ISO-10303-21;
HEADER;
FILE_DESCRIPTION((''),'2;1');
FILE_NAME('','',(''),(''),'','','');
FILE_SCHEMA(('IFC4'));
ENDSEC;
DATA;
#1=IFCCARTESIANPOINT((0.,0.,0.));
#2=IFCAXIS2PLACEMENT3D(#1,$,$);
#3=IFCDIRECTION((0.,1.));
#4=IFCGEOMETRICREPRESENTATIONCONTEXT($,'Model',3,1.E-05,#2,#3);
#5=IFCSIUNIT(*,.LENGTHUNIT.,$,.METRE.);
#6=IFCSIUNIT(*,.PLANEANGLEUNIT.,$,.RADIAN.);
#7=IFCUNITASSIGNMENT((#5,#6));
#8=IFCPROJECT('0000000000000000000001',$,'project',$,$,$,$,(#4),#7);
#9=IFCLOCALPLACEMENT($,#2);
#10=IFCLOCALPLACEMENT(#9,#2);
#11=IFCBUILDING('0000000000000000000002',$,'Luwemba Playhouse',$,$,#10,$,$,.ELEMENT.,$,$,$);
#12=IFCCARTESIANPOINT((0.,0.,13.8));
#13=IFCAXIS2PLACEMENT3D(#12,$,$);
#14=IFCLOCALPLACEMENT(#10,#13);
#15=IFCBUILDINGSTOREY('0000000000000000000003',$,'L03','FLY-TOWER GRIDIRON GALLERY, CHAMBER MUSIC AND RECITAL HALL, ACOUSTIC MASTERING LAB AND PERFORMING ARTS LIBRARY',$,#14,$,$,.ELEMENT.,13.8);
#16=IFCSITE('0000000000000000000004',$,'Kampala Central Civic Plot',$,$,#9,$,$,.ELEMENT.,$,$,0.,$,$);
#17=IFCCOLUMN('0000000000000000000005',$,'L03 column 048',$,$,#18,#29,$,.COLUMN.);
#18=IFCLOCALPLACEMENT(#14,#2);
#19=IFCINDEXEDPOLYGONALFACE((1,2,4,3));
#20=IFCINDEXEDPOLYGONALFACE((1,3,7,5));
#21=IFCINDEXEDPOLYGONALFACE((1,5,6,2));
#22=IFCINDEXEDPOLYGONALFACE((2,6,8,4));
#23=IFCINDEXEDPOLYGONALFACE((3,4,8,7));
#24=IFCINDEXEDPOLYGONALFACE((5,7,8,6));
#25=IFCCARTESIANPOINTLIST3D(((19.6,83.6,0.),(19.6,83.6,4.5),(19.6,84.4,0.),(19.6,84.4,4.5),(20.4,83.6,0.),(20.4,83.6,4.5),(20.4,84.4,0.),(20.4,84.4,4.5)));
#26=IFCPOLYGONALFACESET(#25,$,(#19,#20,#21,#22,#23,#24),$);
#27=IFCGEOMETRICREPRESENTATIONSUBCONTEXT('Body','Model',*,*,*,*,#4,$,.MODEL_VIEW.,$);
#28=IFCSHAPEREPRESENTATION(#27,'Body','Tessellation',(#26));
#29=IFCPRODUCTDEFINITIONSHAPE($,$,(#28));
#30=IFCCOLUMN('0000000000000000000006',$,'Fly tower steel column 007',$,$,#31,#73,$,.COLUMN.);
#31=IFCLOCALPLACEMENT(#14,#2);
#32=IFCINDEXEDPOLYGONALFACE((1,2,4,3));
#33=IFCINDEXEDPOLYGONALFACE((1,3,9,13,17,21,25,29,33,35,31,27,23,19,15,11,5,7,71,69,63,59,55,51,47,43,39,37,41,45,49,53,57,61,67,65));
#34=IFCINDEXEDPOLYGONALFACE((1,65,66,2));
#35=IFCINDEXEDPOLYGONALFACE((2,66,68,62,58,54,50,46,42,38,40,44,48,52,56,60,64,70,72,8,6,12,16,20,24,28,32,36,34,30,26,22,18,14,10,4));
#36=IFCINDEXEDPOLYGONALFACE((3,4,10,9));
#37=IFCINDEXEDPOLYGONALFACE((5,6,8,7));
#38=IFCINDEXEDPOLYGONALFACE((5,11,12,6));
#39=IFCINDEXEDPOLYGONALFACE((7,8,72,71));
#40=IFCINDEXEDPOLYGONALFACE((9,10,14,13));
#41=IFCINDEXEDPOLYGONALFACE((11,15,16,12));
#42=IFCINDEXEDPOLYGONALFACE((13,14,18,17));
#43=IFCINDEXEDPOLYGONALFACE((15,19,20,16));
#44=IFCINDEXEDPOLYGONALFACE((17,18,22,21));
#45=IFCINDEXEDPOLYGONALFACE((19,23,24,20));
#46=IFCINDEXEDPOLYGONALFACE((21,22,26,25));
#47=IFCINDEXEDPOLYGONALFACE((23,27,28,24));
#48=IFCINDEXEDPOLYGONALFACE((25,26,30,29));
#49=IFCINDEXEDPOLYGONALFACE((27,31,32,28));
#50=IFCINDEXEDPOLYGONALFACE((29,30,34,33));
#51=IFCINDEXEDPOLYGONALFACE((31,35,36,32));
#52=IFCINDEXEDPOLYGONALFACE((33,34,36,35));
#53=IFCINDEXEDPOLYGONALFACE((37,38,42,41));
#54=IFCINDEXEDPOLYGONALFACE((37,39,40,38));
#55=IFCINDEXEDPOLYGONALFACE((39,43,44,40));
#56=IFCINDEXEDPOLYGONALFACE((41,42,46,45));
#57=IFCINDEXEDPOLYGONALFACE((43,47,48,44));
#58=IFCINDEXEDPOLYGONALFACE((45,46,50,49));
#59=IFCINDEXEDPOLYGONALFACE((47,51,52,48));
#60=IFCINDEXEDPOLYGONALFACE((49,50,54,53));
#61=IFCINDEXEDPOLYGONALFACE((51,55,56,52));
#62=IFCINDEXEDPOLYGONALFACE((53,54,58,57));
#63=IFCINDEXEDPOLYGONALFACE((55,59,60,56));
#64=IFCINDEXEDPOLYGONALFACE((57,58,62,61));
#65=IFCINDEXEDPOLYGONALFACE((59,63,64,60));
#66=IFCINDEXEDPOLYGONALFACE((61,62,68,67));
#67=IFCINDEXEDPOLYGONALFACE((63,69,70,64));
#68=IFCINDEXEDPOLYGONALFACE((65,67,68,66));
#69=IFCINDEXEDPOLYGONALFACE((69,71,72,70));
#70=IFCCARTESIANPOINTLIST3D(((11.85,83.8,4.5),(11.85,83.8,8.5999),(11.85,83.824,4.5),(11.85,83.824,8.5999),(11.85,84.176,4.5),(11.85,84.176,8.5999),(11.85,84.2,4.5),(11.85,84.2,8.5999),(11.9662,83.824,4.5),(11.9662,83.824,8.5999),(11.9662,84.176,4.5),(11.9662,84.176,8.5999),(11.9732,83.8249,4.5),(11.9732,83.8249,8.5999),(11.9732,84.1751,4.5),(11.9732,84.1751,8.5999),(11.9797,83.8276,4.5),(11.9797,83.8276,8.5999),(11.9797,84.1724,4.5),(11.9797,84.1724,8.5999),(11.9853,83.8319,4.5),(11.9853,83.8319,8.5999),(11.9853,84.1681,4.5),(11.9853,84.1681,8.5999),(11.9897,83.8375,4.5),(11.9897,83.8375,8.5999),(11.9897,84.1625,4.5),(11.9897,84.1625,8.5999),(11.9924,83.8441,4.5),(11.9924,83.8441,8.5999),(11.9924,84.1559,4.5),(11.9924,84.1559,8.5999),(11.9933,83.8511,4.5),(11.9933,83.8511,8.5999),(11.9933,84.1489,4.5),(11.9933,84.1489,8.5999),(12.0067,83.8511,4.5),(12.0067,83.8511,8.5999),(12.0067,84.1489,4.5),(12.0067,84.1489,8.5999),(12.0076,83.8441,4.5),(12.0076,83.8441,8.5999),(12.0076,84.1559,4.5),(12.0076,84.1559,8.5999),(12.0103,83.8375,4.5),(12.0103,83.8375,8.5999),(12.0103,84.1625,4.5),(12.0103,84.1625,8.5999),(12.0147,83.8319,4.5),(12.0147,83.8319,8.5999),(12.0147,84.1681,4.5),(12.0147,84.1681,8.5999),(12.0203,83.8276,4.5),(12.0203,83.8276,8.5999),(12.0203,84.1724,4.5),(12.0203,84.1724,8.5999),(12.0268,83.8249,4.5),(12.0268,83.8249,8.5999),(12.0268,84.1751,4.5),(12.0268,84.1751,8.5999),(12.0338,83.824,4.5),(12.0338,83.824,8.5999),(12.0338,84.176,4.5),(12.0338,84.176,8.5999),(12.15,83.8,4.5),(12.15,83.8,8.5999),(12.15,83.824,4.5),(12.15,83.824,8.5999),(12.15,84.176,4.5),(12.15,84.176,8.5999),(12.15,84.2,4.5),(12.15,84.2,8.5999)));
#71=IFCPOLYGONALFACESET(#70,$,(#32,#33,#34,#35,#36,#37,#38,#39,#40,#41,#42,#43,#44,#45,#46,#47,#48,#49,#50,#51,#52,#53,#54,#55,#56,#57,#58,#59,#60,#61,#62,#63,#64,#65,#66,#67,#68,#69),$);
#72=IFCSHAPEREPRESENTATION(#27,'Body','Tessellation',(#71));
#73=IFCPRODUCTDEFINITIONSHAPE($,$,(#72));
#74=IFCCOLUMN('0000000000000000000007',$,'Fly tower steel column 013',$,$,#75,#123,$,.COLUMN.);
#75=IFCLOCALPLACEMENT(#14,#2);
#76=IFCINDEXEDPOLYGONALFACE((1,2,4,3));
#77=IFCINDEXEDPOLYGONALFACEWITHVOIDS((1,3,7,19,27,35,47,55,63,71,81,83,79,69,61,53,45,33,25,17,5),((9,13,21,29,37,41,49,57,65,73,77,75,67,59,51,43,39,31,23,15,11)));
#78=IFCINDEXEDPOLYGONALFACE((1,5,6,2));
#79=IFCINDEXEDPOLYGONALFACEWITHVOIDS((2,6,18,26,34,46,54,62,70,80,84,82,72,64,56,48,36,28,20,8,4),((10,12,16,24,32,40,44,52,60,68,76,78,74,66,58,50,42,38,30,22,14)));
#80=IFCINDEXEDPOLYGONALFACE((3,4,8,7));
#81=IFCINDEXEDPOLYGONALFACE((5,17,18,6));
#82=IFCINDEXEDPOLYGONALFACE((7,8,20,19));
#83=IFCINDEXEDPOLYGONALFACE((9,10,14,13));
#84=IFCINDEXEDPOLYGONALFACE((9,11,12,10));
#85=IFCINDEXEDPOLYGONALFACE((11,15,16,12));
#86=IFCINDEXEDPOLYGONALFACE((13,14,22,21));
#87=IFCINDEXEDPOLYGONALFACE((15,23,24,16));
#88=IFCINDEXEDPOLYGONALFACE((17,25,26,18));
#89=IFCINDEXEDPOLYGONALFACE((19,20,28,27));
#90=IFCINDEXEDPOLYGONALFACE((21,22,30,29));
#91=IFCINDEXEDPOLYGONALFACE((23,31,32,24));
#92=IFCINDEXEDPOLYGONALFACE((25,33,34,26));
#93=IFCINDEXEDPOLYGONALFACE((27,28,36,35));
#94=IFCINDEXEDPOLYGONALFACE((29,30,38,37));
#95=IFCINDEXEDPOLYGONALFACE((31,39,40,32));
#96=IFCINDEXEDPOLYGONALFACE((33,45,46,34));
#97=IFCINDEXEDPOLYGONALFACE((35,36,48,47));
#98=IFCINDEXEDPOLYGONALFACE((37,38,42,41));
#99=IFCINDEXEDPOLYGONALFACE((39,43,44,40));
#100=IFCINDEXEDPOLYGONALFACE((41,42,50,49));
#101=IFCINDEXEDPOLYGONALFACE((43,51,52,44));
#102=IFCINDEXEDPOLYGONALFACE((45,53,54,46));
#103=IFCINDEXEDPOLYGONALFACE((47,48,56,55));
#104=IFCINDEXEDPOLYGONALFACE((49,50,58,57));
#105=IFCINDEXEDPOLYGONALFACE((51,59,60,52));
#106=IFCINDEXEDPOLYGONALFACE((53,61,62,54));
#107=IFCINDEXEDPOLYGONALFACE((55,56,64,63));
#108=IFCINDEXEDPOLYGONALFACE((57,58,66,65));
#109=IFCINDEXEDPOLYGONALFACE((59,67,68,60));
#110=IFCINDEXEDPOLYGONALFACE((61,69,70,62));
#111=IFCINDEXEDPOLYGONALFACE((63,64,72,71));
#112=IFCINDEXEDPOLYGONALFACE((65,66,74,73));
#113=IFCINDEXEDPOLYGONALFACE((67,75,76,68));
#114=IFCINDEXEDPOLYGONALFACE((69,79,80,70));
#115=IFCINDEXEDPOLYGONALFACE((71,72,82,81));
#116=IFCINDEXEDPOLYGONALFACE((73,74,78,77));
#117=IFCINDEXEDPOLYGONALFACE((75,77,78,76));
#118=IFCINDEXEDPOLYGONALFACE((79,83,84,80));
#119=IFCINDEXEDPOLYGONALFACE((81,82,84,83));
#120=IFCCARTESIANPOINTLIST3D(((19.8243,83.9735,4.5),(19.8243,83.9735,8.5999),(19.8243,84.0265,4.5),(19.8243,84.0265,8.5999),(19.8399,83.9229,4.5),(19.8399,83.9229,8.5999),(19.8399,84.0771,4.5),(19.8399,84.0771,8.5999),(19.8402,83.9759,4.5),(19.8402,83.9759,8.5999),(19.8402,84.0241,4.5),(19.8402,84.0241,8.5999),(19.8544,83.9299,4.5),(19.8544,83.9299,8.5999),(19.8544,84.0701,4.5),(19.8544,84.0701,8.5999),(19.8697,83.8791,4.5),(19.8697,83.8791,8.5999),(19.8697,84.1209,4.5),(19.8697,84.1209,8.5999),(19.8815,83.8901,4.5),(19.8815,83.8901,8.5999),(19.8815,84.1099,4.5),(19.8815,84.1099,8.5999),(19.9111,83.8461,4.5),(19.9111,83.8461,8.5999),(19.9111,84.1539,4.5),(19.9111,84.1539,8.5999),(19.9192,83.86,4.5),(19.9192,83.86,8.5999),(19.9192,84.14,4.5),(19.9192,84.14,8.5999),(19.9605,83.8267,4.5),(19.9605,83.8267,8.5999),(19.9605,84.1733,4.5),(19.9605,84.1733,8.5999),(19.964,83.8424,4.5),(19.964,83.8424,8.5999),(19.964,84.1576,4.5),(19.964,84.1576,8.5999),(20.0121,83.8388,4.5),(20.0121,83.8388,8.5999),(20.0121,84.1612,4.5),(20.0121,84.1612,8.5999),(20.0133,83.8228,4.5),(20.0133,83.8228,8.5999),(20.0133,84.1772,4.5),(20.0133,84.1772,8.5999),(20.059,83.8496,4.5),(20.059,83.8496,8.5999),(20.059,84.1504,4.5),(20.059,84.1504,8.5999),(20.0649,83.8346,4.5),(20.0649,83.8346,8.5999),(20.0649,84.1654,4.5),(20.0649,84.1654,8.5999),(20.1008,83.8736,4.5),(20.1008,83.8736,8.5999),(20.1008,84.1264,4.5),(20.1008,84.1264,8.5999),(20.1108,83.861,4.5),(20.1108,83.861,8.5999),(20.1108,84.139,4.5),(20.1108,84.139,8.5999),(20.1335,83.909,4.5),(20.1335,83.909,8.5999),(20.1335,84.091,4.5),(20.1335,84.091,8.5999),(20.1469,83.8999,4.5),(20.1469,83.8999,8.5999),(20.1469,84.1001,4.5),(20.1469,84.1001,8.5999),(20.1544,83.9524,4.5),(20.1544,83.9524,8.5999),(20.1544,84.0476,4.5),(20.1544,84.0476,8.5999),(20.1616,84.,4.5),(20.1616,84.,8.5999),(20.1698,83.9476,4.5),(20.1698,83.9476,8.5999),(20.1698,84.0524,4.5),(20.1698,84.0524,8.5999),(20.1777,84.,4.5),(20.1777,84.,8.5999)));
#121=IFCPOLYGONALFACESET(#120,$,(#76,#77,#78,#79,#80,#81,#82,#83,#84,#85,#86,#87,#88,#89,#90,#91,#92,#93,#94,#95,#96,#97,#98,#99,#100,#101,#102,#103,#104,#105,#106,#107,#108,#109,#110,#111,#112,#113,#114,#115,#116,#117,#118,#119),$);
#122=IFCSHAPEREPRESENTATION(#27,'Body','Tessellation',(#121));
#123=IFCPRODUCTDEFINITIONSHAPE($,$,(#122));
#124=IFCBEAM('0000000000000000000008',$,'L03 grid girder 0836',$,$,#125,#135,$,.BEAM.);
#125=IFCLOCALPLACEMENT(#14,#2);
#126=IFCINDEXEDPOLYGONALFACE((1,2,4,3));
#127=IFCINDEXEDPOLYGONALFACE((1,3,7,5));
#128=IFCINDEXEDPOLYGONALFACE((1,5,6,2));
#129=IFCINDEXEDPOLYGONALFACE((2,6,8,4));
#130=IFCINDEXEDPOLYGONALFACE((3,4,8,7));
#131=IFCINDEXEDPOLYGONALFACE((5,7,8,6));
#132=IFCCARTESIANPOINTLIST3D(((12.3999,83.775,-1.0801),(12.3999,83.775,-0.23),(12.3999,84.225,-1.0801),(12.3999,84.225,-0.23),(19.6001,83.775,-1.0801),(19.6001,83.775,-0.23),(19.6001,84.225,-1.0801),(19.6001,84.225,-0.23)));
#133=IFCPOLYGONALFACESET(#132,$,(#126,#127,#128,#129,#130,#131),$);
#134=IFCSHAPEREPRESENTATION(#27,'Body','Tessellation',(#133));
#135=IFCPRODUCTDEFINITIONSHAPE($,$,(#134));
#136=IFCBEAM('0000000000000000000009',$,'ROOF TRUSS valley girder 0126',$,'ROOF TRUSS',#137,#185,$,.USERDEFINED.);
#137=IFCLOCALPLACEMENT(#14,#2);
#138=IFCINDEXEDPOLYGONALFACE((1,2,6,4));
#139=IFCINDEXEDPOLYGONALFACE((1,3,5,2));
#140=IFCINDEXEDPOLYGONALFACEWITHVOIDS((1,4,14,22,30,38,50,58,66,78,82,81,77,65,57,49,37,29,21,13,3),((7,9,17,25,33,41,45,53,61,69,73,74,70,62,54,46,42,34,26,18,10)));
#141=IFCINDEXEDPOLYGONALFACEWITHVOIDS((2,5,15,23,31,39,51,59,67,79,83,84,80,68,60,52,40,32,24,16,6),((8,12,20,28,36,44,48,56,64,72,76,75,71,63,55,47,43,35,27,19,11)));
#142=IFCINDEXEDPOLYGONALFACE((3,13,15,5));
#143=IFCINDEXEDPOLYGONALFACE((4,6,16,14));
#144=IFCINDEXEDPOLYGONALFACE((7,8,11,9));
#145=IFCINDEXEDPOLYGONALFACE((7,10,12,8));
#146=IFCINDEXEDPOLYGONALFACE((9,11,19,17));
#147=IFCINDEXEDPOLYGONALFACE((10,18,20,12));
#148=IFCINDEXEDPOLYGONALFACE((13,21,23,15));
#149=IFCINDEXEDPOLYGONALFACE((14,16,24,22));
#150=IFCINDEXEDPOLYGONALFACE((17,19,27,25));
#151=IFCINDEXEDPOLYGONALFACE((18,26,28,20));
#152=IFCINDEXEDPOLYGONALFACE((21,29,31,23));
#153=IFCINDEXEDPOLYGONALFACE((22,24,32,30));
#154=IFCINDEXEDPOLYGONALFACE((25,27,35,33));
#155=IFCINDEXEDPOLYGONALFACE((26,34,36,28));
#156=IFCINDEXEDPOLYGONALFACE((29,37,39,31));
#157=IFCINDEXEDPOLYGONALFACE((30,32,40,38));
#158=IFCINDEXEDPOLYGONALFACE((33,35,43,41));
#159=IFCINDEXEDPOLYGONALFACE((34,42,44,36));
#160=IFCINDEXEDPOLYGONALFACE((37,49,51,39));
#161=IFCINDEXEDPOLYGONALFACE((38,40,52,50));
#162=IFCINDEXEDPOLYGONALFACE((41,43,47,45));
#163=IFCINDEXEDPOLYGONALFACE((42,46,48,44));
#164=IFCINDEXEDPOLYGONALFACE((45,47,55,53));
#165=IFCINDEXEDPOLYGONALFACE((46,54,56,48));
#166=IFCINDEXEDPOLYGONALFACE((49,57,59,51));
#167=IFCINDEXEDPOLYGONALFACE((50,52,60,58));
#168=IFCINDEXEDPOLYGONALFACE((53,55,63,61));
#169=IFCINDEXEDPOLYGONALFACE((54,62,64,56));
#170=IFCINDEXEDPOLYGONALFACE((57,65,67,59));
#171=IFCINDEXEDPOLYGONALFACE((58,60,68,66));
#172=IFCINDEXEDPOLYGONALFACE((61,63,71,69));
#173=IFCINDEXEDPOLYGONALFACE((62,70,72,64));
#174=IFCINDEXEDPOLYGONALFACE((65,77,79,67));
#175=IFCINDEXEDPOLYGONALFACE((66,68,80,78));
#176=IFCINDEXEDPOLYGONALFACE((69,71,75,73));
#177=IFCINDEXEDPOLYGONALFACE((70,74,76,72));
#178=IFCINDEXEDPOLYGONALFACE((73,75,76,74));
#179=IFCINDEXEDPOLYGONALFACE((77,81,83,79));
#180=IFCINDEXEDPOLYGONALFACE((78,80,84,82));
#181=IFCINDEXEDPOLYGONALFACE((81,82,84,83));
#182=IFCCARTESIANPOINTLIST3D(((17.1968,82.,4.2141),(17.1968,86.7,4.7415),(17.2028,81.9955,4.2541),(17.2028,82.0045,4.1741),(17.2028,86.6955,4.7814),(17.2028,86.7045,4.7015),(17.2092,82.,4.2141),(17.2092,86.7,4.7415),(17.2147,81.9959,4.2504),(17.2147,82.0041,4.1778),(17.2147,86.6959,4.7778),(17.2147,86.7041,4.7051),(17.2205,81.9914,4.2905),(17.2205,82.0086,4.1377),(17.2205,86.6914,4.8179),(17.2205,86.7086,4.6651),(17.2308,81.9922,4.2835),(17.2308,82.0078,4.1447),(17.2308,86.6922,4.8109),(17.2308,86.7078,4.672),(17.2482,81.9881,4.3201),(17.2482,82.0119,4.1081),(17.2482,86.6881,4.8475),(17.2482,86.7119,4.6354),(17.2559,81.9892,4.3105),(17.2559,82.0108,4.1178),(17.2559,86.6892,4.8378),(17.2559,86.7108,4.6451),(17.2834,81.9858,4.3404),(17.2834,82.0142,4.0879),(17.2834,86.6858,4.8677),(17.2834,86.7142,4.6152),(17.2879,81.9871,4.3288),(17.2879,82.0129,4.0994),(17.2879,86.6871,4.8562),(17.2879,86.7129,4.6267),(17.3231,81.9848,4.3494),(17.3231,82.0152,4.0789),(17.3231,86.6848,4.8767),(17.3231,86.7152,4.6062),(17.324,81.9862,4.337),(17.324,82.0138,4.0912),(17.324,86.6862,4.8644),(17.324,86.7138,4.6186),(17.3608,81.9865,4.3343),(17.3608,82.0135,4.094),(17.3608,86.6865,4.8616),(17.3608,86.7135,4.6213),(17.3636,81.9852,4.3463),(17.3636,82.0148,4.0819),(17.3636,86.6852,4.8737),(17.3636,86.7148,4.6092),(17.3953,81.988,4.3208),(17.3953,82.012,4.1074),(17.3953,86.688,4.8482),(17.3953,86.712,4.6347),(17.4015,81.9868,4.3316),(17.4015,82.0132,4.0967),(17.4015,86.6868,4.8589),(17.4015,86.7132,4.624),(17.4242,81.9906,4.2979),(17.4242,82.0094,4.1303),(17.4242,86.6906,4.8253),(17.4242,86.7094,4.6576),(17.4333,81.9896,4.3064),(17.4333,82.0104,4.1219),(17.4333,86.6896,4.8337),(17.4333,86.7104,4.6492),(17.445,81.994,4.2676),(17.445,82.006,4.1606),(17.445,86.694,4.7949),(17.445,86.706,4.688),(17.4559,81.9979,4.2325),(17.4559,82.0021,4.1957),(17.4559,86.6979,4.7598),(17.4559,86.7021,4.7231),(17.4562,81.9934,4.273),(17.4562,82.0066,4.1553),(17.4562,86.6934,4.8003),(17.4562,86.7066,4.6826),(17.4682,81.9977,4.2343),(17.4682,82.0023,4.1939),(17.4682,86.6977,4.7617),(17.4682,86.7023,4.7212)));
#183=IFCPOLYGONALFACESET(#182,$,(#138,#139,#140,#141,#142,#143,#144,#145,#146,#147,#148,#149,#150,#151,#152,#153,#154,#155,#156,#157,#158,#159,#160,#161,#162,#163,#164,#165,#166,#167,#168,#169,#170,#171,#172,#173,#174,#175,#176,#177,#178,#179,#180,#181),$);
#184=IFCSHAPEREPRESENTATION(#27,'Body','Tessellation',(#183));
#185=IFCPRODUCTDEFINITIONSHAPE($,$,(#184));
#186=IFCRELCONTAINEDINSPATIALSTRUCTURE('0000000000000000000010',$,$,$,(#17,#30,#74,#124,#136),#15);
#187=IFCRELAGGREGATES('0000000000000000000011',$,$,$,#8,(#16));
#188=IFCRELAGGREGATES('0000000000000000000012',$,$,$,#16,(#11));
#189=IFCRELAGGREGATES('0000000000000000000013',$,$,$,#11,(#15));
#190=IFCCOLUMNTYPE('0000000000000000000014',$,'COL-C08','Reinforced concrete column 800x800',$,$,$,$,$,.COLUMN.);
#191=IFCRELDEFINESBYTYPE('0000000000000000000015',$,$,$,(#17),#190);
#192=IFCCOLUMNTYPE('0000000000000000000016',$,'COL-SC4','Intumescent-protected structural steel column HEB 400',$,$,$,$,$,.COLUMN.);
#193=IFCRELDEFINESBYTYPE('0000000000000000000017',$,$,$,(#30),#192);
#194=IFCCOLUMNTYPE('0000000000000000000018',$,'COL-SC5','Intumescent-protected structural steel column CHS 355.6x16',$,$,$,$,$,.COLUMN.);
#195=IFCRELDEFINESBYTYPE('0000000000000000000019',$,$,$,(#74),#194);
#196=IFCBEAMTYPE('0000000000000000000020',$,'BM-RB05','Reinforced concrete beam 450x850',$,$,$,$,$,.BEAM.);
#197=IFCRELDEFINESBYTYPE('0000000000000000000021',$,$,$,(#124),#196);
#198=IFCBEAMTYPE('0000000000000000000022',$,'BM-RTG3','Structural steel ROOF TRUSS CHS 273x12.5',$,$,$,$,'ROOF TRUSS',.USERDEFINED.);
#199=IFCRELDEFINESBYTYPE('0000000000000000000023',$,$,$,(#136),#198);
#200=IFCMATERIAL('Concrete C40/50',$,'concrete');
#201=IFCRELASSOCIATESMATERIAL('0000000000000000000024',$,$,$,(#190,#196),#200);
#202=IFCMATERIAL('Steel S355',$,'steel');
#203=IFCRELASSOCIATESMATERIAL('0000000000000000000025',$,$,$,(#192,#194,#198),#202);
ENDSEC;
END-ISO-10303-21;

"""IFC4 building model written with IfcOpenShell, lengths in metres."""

from ifc_helpers import new_model, si_unit, direction, frame, origin, origin_2d, place, context, subcontext, project, spatial, rectangle, hollow_circle, i_section, extrude, material, material_profile, profile_set, type_object, element, save


model = new_model("IFC4")

# Units and contexts
model_context = context("Model", 3, precision=1e-05, world=origin(), true_north=direction((0.0, 1.0)))
body_context = subcontext(model_context, "Body", "Model", "MODEL_VIEW")
ifc_project = project(units=[si_unit("LENGTHUNIT", "METRE"), si_unit("PLANEANGLEUNIT", "RADIAN")], contexts=[model_context])

# Site, building, storey
site_placement = place(None, origin())
site = spatial("IfcSite", under=ifc_project, at=site_placement, Name="Kampala Central Civic Plot", CompositionType="ELEMENT", RefElevation=0.0)
building_placement = place(site_placement, origin())
building = spatial("IfcBuilding", under=site, at=building_placement, Name="Luwemba Playhouse", CompositionType="ELEMENT")
storey_placement = place(building_placement, frame((0.0, 0.0, 13.8)))
storey = spatial("IfcBuildingStorey", under=building, at=storey_placement, Name="L03", Description="FLY-TOWER GRIDIRON GALLERY, CHAMBER MUSIC AND RECITAL HALL, ACOUSTIC MASTERING LAB AND PERFORMING ARTS LIBRARY", CompositionType="ELEMENT", Elevation=13.8)

# Columns
ifc_material_1 = material(Name="Concrete C40/50", Category="concrete")
ifc_material_profile_1 = material_profile(ifc_material_1, rectangle(XDim=0.8, YDim=0.8, at=origin_2d()))
ifc_profile_set_1 = profile_set([ifc_material_profile_1], Name="Concrete C40/50")
column_type_1 = type_object("IfcColumnType", Name="COL-C08", Description="Reinforced concrete column 800x800", PredefinedType="COLUMN", material=ifc_profile_set_1)
column_1_placement = place(storey_placement, frame((20.0, 84.0, 0.0), z_axis=(0.0, 0.0, 1.0), x_axis=(1.0, 0.0, 0.0)))
element("IfcColumn", 1, at=column_1_placement, inside=storey, type_object=column_type_1, Name="L03 column 048", PredefinedType="COLUMN", context=body_context, shape_type="SweptSolid", body=[
    extrude(rectangle(XDim=0.8, YDim=0.8, at=origin_2d()), origin(), (0.0, 0.0, 1.0), 4.5),
])
ifc_material_2 = material(Name="Steel S355", Category="steel")
ifc_material_profile_2 = material_profile(ifc_material_2, i_section(OverallWidth=0.3, OverallDepth=0.3999, WebThickness=0.0134, FlangeThickness=0.0239, FilletRadius=0.0271, at=origin_2d()))
ifc_profile_set_2 = profile_set([ifc_material_profile_2], Name="Steel S355")
column_type_2 = type_object("IfcColumnType", Name="COL-SC4", Description="Intumescent-protected structural steel column HEB 400", PredefinedType="COLUMN", material=ifc_profile_set_2)
column_2_placement = place(storey_placement, frame((12.0, 84.0, 4.5), z_axis=(0.0, 0.0, 1.0), x_axis=(1.0, 0.0, 0.0)))
element("IfcColumn", 2, at=column_2_placement, inside=storey, type_object=column_type_2, Name="Fly tower steel column 007", PredefinedType="COLUMN", context=body_context, shape_type="SweptSolid", body=[
    extrude(i_section(OverallWidth=0.3, OverallDepth=0.3999, WebThickness=0.0134, FlangeThickness=0.0239, FilletRadius=0.0271, at=origin_2d()), origin(), (0.0, 0.0, 1.0), 4.0999),
])
ifc_material_profile_3 = material_profile(ifc_material_2, hollow_circle(Radius=0.1777, WallThickness=0.0161, at=origin_2d()))
ifc_profile_set_3 = profile_set([ifc_material_profile_3], Name="Steel S355")
column_type_3 = type_object("IfcColumnType", Name="COL-SC5", Description="Intumescent-protected structural steel column CHS 355.6x16", PredefinedType="COLUMN", material=ifc_profile_set_3)
column_3_placement = place(storey_placement, frame((20.0, 84.0, 4.5), z_axis=(0.0, 0.0, 1.0), x_axis=(1.0, 0.0, 0.0)))
element("IfcColumn", 3, at=column_3_placement, inside=storey, type_object=column_type_3, Name="Fly tower steel column 013", PredefinedType="COLUMN", context=body_context, shape_type="SweptSolid", body=[
    extrude(hollow_circle(Radius=0.1777, WallThickness=0.0161, at=origin_2d()), origin(), (0.0, 0.0, 1.0), 4.0999),
])

# Beams
ifc_material_profile_4 = material_profile(ifc_material_1, rectangle(XDim=0.45, YDim=0.8501, at=origin_2d()))
ifc_profile_set_4 = profile_set([ifc_material_profile_4], Name="Concrete C40/50")
beam_type_1 = type_object("IfcBeamType", Name="BM-RB05", Description="Reinforced concrete beam 450x850", PredefinedType="BEAM", material=ifc_profile_set_4)
beam_1_placement = place(storey_placement, frame((12.3999, 84.0, -0.655), z_axis=(1.0, 0.0, 0.0), x_axis=(0.0, 1.0, 0.0)))
element("IfcBeam", 4, at=beam_1_placement, inside=storey, type_object=beam_type_1, Name="L03 grid girder 0836", PredefinedType="BEAM", context=body_context, shape_type="SweptSolid", body=[
    extrude(rectangle(XDim=0.45, YDim=0.8501, at=origin_2d()), origin(), (0.0, 0.0, 1.0), 7.2002),
])
ifc_material_profile_5 = material_profile(ifc_material_2, hollow_circle(Radius=0.1365, WallThickness=0.0125, at=origin_2d()))
ifc_profile_set_5 = profile_set([ifc_material_profile_5], Name="Steel S355")
beam_type_2 = type_object("IfcBeamType", Name="BM-RTG3", Description="Structural steel ROOF TRUSS CHS 273x12.5", ElementType="ROOF TRUSS", PredefinedType="USERDEFINED", material=ifc_profile_set_5)
beam_2_placement = place(storey_placement, frame((17.3333, 82.0, 4.2141), z_axis=(0.0, 0.993764, 0.111502), x_axis=(-1.0, 0.0, 0.0)))
element("IfcBeam", 5, at=beam_2_placement, inside=storey, type_object=beam_type_2, Name="ROOF TRUSS valley girder 0126", ObjectType="ROOF TRUSS", PredefinedType="USERDEFINED", context=body_context, shape_type="SweptSolid", body=[
    extrude(hollow_circle(Radius=0.1365, WallThickness=0.0125, at=origin_2d()), origin(), (0.0, 0.0, 1.0), 4.7295),
])

save(model, "model.ifc")
